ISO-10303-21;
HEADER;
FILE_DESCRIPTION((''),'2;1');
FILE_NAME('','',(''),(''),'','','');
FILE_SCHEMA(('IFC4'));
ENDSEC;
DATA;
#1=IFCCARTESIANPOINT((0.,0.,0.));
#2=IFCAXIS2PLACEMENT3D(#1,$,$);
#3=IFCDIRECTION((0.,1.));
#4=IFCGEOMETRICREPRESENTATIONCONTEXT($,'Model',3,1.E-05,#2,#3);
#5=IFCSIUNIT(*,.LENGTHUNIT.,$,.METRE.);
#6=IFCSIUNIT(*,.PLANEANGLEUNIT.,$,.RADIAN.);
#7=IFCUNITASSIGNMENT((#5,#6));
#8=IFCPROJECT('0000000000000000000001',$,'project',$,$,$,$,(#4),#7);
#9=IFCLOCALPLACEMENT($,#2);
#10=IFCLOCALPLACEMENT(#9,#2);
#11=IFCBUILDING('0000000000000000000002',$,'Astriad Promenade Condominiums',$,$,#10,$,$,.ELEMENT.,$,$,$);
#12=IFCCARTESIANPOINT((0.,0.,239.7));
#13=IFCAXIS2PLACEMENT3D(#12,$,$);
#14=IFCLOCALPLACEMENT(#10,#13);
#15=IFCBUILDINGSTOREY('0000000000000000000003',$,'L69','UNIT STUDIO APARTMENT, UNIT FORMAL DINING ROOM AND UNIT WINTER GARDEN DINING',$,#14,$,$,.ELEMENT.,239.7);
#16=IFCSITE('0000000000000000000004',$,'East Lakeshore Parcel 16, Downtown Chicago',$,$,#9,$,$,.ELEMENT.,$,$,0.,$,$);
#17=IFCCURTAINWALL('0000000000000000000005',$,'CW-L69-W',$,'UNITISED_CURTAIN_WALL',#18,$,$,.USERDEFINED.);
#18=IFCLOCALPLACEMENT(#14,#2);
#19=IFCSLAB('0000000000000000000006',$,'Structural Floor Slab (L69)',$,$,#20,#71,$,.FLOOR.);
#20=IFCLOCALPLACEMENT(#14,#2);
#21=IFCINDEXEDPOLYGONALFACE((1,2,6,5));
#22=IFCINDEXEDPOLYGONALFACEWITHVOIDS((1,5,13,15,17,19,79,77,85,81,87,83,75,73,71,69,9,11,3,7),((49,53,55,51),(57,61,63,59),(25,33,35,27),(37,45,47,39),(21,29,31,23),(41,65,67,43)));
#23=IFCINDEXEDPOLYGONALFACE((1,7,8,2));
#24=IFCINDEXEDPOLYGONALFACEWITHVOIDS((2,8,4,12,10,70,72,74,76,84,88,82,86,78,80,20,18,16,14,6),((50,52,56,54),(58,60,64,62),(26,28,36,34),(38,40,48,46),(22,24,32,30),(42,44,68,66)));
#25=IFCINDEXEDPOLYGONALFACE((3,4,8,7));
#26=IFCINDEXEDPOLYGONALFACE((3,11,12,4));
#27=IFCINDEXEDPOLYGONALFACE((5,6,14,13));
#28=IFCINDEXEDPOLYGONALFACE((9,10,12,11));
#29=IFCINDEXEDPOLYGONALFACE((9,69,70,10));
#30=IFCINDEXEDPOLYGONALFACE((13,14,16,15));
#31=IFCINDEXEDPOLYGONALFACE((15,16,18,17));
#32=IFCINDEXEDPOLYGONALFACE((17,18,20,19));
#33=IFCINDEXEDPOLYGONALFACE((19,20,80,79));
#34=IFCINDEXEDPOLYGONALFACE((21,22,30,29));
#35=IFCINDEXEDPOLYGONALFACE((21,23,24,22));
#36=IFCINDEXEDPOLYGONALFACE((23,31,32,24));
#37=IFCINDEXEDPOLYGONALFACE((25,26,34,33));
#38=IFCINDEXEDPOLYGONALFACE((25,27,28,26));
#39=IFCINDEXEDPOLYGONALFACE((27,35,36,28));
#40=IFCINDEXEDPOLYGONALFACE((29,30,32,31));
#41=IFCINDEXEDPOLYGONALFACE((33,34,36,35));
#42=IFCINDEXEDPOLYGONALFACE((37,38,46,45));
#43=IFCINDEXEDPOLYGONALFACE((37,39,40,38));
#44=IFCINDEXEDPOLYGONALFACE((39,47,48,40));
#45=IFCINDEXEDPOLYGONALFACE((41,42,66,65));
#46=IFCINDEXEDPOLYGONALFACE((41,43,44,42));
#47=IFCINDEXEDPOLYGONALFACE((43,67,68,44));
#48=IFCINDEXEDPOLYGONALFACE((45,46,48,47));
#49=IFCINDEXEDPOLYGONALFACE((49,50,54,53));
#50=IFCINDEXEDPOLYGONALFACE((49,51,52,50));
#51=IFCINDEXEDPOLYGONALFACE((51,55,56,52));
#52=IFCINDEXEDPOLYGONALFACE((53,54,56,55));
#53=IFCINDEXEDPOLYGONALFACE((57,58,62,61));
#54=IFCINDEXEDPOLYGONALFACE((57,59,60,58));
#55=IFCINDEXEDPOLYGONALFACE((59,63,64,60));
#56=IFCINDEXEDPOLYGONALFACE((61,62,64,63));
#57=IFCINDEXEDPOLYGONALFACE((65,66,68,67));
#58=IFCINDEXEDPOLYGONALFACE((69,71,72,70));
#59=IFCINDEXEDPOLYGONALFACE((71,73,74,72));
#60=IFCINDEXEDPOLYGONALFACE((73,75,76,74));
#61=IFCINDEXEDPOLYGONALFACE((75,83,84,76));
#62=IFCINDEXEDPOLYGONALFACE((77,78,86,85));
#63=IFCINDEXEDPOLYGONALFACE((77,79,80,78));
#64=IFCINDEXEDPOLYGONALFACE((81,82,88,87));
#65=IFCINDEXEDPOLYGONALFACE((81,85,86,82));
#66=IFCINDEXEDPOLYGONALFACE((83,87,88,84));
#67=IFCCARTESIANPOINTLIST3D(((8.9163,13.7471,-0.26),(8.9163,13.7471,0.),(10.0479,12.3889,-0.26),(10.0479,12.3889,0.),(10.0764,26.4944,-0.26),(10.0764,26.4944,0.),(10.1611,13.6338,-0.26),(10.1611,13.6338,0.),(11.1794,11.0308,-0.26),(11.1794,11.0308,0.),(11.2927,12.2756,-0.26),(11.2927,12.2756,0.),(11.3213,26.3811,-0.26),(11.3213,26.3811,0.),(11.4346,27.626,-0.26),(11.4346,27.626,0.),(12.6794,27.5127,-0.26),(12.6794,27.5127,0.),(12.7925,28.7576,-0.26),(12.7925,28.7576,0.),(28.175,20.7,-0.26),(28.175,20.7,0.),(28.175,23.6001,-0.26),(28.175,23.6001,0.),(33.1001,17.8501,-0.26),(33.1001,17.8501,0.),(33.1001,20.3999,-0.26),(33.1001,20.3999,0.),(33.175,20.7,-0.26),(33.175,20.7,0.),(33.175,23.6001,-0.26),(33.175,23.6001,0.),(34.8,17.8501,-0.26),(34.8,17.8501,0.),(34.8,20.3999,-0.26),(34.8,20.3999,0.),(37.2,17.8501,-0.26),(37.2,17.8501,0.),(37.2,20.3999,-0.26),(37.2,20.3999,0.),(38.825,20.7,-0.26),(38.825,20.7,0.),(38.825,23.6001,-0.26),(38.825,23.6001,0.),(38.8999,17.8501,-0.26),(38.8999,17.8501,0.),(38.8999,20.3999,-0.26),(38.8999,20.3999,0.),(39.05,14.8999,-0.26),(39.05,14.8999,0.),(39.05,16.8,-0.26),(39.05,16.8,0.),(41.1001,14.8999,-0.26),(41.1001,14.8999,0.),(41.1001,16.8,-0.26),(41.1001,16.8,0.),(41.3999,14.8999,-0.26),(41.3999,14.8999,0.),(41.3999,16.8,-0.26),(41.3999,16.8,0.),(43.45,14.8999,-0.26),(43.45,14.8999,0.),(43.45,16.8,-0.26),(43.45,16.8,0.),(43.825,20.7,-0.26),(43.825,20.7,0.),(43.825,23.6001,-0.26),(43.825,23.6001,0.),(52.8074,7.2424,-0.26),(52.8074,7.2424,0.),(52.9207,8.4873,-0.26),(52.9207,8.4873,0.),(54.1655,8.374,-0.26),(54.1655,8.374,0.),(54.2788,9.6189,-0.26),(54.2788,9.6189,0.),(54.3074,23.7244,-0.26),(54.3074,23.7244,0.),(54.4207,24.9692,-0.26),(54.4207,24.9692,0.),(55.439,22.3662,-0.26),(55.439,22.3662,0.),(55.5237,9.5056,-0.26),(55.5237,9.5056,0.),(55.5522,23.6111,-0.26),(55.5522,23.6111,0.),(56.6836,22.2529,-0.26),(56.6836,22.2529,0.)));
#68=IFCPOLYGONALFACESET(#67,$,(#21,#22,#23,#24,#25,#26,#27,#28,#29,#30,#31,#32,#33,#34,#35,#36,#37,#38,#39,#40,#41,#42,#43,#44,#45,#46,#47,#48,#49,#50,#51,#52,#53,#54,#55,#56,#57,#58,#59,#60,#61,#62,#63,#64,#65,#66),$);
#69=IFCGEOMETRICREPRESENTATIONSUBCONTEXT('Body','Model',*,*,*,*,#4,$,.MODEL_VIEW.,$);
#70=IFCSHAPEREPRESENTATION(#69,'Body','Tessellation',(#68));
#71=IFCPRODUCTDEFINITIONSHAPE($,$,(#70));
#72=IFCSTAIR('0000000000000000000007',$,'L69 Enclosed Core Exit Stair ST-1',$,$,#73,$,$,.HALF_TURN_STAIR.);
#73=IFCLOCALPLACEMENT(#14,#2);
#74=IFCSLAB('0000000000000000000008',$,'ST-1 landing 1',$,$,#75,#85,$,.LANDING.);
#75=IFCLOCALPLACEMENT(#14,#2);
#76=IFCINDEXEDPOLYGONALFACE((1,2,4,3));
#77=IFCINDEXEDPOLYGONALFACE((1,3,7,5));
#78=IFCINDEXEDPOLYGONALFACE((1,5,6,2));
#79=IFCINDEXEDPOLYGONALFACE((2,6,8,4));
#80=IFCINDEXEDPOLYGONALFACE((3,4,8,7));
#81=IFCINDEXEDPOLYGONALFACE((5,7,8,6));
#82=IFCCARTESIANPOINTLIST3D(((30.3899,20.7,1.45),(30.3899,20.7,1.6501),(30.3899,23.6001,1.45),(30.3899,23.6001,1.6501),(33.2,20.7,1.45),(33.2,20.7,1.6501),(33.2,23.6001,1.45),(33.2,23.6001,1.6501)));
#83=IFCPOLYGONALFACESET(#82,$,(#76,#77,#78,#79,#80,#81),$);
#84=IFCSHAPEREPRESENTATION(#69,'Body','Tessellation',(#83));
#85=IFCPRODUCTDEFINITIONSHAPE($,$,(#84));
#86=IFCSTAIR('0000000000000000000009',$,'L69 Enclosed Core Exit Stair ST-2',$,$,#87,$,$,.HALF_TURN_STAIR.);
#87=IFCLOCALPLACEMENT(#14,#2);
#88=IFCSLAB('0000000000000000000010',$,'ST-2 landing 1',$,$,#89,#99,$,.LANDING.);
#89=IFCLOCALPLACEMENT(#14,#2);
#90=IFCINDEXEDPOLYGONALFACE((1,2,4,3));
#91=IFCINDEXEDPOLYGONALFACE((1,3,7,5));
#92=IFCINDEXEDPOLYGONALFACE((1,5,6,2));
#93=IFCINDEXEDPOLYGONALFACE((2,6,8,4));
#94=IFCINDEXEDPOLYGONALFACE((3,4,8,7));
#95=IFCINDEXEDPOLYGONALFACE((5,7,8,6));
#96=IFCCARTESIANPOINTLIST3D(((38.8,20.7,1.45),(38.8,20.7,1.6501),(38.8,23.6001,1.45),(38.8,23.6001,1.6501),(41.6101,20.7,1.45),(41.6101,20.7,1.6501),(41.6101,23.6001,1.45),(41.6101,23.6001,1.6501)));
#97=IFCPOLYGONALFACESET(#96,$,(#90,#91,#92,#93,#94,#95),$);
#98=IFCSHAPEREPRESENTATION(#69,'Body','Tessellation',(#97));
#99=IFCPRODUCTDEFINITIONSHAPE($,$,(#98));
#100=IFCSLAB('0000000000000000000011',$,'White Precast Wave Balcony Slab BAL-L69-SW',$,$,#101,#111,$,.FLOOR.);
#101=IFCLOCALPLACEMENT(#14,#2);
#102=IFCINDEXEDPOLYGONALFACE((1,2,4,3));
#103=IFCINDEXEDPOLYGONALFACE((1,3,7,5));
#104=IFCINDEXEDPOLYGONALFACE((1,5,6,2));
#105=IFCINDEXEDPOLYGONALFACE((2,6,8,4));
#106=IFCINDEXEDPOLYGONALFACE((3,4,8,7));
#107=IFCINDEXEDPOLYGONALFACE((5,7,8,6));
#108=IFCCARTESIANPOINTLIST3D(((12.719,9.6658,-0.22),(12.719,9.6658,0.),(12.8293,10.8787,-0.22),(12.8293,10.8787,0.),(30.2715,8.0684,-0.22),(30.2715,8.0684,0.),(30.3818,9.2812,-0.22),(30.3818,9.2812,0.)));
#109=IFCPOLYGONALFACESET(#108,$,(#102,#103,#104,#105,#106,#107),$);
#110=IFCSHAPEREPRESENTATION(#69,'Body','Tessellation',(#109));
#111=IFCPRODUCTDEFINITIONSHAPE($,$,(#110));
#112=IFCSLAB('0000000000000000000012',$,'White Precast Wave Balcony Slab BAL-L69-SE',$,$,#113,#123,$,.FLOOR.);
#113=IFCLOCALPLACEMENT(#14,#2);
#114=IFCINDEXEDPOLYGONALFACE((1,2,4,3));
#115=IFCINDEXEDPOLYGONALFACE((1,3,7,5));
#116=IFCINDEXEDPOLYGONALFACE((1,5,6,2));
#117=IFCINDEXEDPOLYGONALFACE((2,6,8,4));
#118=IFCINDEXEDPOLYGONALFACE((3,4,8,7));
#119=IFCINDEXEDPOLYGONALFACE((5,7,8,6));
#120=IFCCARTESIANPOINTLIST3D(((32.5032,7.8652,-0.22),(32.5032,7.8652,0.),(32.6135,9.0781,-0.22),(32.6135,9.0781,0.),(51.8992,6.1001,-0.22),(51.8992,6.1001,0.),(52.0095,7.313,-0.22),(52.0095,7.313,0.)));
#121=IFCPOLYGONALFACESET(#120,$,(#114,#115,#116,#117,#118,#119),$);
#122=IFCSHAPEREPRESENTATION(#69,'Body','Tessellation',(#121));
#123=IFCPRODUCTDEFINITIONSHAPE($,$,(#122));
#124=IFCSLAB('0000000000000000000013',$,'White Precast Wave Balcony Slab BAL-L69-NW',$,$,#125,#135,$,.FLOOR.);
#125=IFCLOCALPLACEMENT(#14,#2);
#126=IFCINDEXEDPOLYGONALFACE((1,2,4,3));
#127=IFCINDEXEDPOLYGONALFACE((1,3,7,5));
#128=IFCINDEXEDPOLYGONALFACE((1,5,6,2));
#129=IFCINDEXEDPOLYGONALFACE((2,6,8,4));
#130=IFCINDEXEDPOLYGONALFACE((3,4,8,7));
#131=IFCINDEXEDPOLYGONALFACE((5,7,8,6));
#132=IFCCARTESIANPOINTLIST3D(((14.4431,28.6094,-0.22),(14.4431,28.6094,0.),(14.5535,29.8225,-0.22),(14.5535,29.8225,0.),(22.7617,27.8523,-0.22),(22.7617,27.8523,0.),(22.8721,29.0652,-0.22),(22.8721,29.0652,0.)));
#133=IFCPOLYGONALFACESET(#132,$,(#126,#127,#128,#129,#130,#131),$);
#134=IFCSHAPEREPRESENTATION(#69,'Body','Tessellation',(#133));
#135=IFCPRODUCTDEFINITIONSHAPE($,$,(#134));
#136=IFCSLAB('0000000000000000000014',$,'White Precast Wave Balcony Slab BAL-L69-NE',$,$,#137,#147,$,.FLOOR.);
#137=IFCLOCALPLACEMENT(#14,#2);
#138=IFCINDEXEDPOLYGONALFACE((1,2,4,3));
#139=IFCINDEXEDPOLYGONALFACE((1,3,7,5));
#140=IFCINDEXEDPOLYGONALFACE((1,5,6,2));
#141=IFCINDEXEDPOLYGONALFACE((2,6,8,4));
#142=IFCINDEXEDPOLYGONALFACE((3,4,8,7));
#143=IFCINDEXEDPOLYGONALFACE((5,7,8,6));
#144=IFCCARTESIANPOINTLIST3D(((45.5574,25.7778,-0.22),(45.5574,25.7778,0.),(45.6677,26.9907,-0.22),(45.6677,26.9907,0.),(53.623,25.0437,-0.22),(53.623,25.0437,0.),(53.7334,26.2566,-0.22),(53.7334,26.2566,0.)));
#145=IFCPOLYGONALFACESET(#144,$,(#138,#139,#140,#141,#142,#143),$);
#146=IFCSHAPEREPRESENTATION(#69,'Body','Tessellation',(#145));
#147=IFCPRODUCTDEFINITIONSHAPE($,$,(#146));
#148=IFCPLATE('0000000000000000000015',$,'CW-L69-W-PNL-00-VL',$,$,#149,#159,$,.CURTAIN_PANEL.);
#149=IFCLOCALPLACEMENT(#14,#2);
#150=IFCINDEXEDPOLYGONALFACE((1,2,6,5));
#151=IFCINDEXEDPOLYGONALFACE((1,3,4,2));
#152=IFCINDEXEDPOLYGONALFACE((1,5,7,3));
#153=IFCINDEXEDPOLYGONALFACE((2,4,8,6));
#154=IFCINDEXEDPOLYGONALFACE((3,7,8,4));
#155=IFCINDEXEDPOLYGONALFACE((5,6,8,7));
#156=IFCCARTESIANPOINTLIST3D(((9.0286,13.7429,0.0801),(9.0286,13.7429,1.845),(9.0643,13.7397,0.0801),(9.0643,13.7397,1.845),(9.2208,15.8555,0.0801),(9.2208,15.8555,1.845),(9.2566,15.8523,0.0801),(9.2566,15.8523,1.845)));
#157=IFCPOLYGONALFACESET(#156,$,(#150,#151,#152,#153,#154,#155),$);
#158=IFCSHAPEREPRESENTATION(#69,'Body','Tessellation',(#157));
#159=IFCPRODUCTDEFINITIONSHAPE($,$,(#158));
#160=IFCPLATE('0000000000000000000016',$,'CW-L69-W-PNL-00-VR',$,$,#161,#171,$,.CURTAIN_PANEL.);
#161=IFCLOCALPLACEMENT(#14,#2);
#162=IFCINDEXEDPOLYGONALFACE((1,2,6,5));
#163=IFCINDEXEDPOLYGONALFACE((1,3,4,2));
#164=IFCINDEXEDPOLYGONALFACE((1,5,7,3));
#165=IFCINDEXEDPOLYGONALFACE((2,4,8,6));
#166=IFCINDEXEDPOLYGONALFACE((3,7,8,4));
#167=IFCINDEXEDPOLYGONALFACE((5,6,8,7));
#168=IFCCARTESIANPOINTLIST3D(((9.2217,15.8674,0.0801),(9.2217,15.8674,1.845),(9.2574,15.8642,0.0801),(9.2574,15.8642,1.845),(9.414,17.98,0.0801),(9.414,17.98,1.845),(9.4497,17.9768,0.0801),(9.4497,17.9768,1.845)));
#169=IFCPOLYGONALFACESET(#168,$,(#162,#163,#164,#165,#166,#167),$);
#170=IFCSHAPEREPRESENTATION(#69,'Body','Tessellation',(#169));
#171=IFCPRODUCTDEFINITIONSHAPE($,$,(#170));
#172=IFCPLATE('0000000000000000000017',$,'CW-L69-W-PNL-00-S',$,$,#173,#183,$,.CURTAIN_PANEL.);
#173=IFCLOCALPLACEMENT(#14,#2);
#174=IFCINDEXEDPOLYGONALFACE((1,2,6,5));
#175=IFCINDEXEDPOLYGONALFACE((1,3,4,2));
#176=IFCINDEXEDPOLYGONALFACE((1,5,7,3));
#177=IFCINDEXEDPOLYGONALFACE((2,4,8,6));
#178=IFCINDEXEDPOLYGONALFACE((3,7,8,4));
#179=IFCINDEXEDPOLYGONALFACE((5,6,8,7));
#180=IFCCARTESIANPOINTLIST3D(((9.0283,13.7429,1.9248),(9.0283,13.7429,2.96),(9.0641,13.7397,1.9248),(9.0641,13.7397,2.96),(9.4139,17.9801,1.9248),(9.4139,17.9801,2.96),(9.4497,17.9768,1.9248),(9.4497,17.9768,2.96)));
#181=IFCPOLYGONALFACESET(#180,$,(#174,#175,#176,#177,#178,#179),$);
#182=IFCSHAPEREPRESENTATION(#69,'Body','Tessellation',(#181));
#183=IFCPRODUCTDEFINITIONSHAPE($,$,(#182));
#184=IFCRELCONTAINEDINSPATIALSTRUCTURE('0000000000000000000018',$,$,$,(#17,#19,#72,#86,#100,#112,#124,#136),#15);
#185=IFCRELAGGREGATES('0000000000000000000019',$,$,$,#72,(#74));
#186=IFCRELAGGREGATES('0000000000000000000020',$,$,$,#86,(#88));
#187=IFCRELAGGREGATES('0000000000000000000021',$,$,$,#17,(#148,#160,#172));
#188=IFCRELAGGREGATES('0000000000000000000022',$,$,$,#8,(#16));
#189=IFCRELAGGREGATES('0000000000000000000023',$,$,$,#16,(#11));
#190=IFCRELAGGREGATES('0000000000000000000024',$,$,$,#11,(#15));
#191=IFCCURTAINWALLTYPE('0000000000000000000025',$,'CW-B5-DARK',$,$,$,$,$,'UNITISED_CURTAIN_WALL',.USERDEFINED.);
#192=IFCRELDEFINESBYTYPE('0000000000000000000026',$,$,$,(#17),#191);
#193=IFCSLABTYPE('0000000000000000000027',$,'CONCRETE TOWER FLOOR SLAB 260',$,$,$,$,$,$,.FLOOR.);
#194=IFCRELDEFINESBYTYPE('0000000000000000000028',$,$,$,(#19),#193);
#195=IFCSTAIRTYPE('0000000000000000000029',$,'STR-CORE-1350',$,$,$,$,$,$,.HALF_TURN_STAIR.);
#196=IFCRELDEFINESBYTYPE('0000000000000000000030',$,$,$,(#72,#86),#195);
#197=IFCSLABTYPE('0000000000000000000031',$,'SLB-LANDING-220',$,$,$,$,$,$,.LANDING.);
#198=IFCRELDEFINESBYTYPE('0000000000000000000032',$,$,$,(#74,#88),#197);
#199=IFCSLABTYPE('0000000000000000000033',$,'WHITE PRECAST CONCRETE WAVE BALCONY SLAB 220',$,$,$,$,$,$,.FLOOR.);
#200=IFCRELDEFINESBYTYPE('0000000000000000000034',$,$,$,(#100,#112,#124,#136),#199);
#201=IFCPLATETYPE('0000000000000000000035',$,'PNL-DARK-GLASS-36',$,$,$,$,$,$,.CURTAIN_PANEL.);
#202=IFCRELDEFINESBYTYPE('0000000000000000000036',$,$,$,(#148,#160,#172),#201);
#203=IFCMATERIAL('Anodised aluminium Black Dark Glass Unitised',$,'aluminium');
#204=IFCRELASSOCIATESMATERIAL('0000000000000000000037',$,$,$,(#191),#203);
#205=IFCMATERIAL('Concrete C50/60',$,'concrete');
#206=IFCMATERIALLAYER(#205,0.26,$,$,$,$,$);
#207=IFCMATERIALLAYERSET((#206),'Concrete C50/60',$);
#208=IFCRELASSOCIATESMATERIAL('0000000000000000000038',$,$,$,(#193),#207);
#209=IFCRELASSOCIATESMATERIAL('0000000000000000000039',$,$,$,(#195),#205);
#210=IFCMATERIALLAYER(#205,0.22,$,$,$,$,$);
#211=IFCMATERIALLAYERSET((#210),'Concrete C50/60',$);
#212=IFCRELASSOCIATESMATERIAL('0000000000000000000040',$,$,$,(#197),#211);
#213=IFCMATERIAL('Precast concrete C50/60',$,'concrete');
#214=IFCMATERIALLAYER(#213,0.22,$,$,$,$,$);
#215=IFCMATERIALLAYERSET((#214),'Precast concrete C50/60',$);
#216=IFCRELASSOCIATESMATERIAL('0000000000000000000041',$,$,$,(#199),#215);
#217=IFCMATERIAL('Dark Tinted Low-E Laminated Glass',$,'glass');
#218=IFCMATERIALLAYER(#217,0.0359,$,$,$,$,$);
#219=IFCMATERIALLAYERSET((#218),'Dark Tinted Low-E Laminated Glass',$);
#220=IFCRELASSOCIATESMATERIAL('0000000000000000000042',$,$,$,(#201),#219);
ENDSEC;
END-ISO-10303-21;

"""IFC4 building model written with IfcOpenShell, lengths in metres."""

from ifc_helpers import new_model, si_unit, direction, frame, origin, origin_2d, place, context, subcontext, project, spatial, polyline, rectangle, outline, extrude, source, transform, mapped, material, layer, layer_set, type_object, type_shapes, element, aggregate, save


model = new_model("IFC4")

# Units and contexts
model_context = context("Model", 3, precision=1e-05, world=origin(), true_north=direction((0.0, 1.0)))
body_context = subcontext(model_context, "Body", "Model", "MODEL_VIEW")
ifc_project = project(units=[si_unit("LENGTHUNIT", "METRE"), si_unit("PLANEANGLEUNIT", "RADIAN")], contexts=[model_context])

# Site, building, storey
site_placement = place(None, origin())
site = spatial("IfcSite", under=ifc_project, at=site_placement, Name="East Lakeshore Parcel 16, Downtown Chicago", CompositionType="ELEMENT", RefElevation=0.0)
building_placement = place(site_placement, origin())
building = spatial("IfcBuilding", under=site, at=building_placement, Name="Astriad Promenade Condominiums", CompositionType="ELEMENT")
storey_placement = place(building_placement, frame((0.0, 0.0, 239.7)))
storey = spatial("IfcBuildingStorey", under=building, at=storey_placement, Name="L69", Description="UNIT STUDIO APARTMENT, UNIT FORMAL DINING ROOM AND UNIT WINTER GARDEN DINING", CompositionType="ELEMENT", Elevation=239.7)

# Shared definitions
ifc_material_1 = material(Name="Concrete C50/60", Category="concrete")

# Curtain wall
ifc_material_2 = material(Name="Anodised aluminium Black Dark Glass Unitised", Category="aluminium")
curtain_wall_type = type_object("IfcCurtainWallType", Name="CW-B5-DARK", ElementType="UNITISED_CURTAIN_WALL", PredefinedType="USERDEFINED", material=ifc_material_2)
curtain_wall_placement = place(storey_placement, origin())
curtain_wall = element("IfcCurtainWall", 1, at=curtain_wall_placement, inside=storey, type_object=curtain_wall_type, Name="CW-L69-W", ObjectType="UNITISED_CURTAIN_WALL", PredefinedType="USERDEFINED")

# Slab
ifc_layer_1 = layer(ifc_material_1, 0.26)
ifc_layer_set_1 = layer_set([ifc_layer_1], Name="Concrete C50/60")
slab_type_1 = type_object("IfcSlabType", Name="CONCRETE TOWER FLOOR SLAB 260", PredefinedType="FLOOR", material=ifc_layer_set_1)
slab_1_placement = place(storey_placement, frame((0.0, 0.0, -0.26)))
element("IfcSlab", 2, at=slab_1_placement, inside=storey, type_object=slab_type_1, Name="Structural Floor Slab (L69)", PredefinedType="FLOOR", context=body_context, shape_type="SweptSolid", body=[
    extrude(outline(polyline([(11.1794, 11.0308), (52.8074, 7.2424), (52.9207, 8.4873), (54.1655, 8.374), (54.2788, 9.6189), (55.5237, 9.5056), (56.6836, 22.2529), (55.439, 22.3662), (55.5522, 23.6111), (54.3074, 23.7244), (54.4207, 24.9692), (12.7925, 28.7576), (12.6794, 27.5127), (11.4346, 27.626), (11.3213, 26.3811), (10.0764, 26.4944), (8.9163, 13.7471), (10.1611, 13.6338), (10.0479, 12.3889), (11.2927, 12.2756), (11.1794, 11.0308)]), holes=[polyline([(28.175, 20.7), (33.175, 20.7), (33.175, 23.6001), (28.175, 23.6001), (28.175, 20.7)]), polyline([(38.825, 20.7), (43.825, 20.7), (43.825, 23.6001), (38.825, 23.6001), (38.825, 20.7)]), polyline([(33.1001, 17.8501), (34.8, 17.8501), (34.8, 20.3999), (33.1001, 20.3999), (33.1001, 17.8501)]), polyline([(37.2, 17.8501), (38.8999, 17.8501), (38.8999, 20.3999), (37.2, 20.3999), (37.2, 17.8501)]), polyline([(39.05, 14.8999), (41.1001, 14.8999), (41.1001, 16.8), (39.05, 16.8), (39.05, 14.8999)]), polyline([(41.3999, 14.8999), (43.45, 14.8999), (43.45, 16.8), (41.3999, 16.8), (41.3999, 14.8999)])]), origin(), (0.0, 0.0, 1.0), 0.26),
])

# Stairs, slabs
stair_type = type_object("IfcStairType", Name="STR-CORE-1350", PredefinedType="HALF_TURN_STAIR", material=ifc_material_1)
stair_1_placement = place(storey_placement, origin())
stair_1 = element("IfcStair", 3, at=stair_1_placement, inside=storey, type_object=stair_type, Name="L69 Enclosed Core Exit Stair ST-1", PredefinedType="HALF_TURN_STAIR")
ifc_layer_2 = layer(ifc_material_1, 0.22)
ifc_layer_set_2 = layer_set([ifc_layer_2], Name="Concrete C50/60")
slab_type_2 = type_object("IfcSlabType", Name="SLB-LANDING-220", PredefinedType="LANDING", material=ifc_layer_set_2)
slab_2_placement = place(storey_placement, frame((0.0, 0.0, 1.45)))
slab_2 = element("IfcSlab", 4, at=slab_2_placement, type_object=slab_type_2, Name="ST-1 landing 1", PredefinedType="LANDING", context=body_context, shape_type="SweptSolid", body=[
    extrude(outline(polyline([(30.3899, 20.7), (33.2, 20.7), (33.2, 23.6001), (30.3899, 23.6001), (30.3899, 20.7)])), origin(), (0.0, 0.0, 1.0), 0.2002),
])
aggregate(stair_1, [slab_2])
stair_2_placement = place(storey_placement, origin())
stair_2 = element("IfcStair", 5, at=stair_2_placement, inside=storey, type_object=stair_type, Name="L69 Enclosed Core Exit Stair ST-2", PredefinedType="HALF_TURN_STAIR")
slab_3_placement = place(storey_placement, frame((0.0, 0.0, 1.45)))
slab_3 = element("IfcSlab", 6, at=slab_3_placement, type_object=slab_type_2, Name="ST-2 landing 1", PredefinedType="LANDING", context=body_context, shape_type="SweptSolid", body=[
    extrude(outline(polyline([(41.6101, 23.6001), (38.8, 23.6001), (38.8, 20.7), (41.6101, 20.7), (41.6101, 23.6001)])), origin(), (0.0, 0.0, 1.0), 0.2002),
])
aggregate(stair_2, [slab_3])

# Slabs
ifc_material_3 = material(Name="Precast concrete C50/60", Category="concrete")
ifc_layer_3 = layer(ifc_material_3, 0.22)
ifc_layer_set_3 = layer_set([ifc_layer_3], Name="Precast concrete C50/60")
slab_type_3 = type_object("IfcSlabType", Name="WHITE PRECAST CONCRETE WAVE BALCONY SLAB 220", PredefinedType="FLOOR", material=ifc_layer_set_3)
slab_4_placement = place(storey_placement, frame((0.0, 0.0, -0.22)))
element("IfcSlab", 7, at=slab_4_placement, inside=storey, type_object=slab_type_3, Name="White Precast Wave Balcony Slab BAL-L69-SW", PredefinedType="FLOOR", context=body_context, shape_type="SweptSolid", body=[
    extrude(outline(polyline([(30.2715, 8.0684), (12.719, 9.6658), (12.8293, 10.8787), (30.3818, 9.2812), (30.2715, 8.0684)])), origin(), (0.0, 0.0, 1.0), 0.22),
])
slab_5_placement = place(storey_placement, frame((0.0, 0.0, -0.22)))
element("IfcSlab", 8, at=slab_5_placement, inside=storey, type_object=slab_type_3, Name="White Precast Wave Balcony Slab BAL-L69-SE", PredefinedType="FLOOR", context=body_context, shape_type="SweptSolid", body=[
    extrude(outline(polyline([(51.8992, 6.1001), (32.5032, 7.8652), (32.6135, 9.0781), (52.0095, 7.313), (51.8992, 6.1001)])), origin(), (0.0, 0.0, 1.0), 0.22),
])
slab_6_placement = place(storey_placement, frame((0.0, 0.0, -0.22)))
element("IfcSlab", 9, at=slab_6_placement, inside=storey, type_object=slab_type_3, Name="White Precast Wave Balcony Slab BAL-L69-NW", PredefinedType="FLOOR", context=body_context, shape_type="SweptSolid", body=[
    extrude(outline(polyline([(14.5535, 29.8225), (22.8721, 29.0652), (22.7617, 27.8523), (14.4431, 28.6094), (14.5535, 29.8225)])), origin(), (0.0, 0.0, 1.0), 0.22),
])
slab_7_placement = place(storey_placement, frame((0.0, 0.0, -0.22)))
element("IfcSlab", 10, at=slab_7_placement, inside=storey, type_object=slab_type_3, Name="White Precast Wave Balcony Slab BAL-L69-NE", PredefinedType="FLOOR", context=body_context, shape_type="SweptSolid", body=[
    extrude(outline(polyline([(45.6677, 26.9907), (53.7334, 26.2566), (53.623, 25.0437), (45.5574, 25.7778), (45.6677, 26.9907)])), origin(), (0.0, 0.0, 1.0), 0.22),
])

# Plates
ifc_material_4 = material(Name="Dark Tinted Low-E Laminated Glass", Category="glass")
ifc_layer_4 = layer(ifc_material_4, 0.0359)
ifc_layer_set_4 = layer_set([ifc_layer_4], Name="Dark Tinted Low-E Laminated Glass")
plate_type = type_object("IfcPlateType", Name="PNL-DARK-GLASS-36", PredefinedType="CURTAIN_PANEL", material=ifc_layer_set_4)
shared_shape_1 = source(origin(), body_context, "Body", "SweptSolid", [
    extrude(rectangle(XDim=2.1213, YDim=0.0359, at=origin_2d()), origin(), (0.0, 0.0, 1.0), 1.7649),
])
plate_1_placement = place(storey_placement, frame((9.1426, 14.7976, 0.0801), z_axis=(0.0, 0.0, 1.0), x_axis=(0.090633, 0.995884, 0.0)))
plate_1 = element("IfcPlate", 11, at=plate_1_placement, type_object=plate_type, Name="CW-L69-W-PNL-00-VL", PredefinedType="CURTAIN_PANEL", context=body_context, shape_type="MappedRepresentation", body=[
    mapped(shared_shape_1, transform((0.0, 0.0, 0.0), scale=1.0)),
])
plate_2_placement = place(storey_placement, frame((9.3357, 16.9221, 0.0801), z_axis=(0.0, 0.0, 1.0), x_axis=(0.090633, 0.995884, 0.0)))
plate_2 = element("IfcPlate", 12, at=plate_2_placement, type_object=plate_type, Name="CW-L69-W-PNL-00-VR", PredefinedType="CURTAIN_PANEL", context=body_context, shape_type="MappedRepresentation", body=[
    mapped(shared_shape_1, transform((0.0, 0.0, 0.0), scale=1.0)),
])
shared_shape_2 = source(origin(), body_context, "Body", "SweptSolid", [
    extrude(rectangle(XDim=4.2546, YDim=0.0359, at=origin_2d()), origin(), (0.0, 0.0, 1.0), 1.0352),
])
type_shapes(plate_type, [shared_shape_1, shared_shape_2])
plate_3_placement = place(storey_placement, frame((9.239, 15.8599, 1.9248), z_axis=(0.0, 0.0, 1.0), x_axis=(0.090633, 0.995884, 0.0)))
plate_3 = element("IfcPlate", 13, at=plate_3_placement, type_object=plate_type, Name="CW-L69-W-PNL-00-S", PredefinedType="CURTAIN_PANEL", context=body_context, shape_type="MappedRepresentation", body=[
    mapped(shared_shape_2, transform((0.0, 0.0, 0.0), scale=1.0)),
])
aggregate(curtain_wall, [plate_1, plate_2, plate_3])

save(model, "model.ifc")
